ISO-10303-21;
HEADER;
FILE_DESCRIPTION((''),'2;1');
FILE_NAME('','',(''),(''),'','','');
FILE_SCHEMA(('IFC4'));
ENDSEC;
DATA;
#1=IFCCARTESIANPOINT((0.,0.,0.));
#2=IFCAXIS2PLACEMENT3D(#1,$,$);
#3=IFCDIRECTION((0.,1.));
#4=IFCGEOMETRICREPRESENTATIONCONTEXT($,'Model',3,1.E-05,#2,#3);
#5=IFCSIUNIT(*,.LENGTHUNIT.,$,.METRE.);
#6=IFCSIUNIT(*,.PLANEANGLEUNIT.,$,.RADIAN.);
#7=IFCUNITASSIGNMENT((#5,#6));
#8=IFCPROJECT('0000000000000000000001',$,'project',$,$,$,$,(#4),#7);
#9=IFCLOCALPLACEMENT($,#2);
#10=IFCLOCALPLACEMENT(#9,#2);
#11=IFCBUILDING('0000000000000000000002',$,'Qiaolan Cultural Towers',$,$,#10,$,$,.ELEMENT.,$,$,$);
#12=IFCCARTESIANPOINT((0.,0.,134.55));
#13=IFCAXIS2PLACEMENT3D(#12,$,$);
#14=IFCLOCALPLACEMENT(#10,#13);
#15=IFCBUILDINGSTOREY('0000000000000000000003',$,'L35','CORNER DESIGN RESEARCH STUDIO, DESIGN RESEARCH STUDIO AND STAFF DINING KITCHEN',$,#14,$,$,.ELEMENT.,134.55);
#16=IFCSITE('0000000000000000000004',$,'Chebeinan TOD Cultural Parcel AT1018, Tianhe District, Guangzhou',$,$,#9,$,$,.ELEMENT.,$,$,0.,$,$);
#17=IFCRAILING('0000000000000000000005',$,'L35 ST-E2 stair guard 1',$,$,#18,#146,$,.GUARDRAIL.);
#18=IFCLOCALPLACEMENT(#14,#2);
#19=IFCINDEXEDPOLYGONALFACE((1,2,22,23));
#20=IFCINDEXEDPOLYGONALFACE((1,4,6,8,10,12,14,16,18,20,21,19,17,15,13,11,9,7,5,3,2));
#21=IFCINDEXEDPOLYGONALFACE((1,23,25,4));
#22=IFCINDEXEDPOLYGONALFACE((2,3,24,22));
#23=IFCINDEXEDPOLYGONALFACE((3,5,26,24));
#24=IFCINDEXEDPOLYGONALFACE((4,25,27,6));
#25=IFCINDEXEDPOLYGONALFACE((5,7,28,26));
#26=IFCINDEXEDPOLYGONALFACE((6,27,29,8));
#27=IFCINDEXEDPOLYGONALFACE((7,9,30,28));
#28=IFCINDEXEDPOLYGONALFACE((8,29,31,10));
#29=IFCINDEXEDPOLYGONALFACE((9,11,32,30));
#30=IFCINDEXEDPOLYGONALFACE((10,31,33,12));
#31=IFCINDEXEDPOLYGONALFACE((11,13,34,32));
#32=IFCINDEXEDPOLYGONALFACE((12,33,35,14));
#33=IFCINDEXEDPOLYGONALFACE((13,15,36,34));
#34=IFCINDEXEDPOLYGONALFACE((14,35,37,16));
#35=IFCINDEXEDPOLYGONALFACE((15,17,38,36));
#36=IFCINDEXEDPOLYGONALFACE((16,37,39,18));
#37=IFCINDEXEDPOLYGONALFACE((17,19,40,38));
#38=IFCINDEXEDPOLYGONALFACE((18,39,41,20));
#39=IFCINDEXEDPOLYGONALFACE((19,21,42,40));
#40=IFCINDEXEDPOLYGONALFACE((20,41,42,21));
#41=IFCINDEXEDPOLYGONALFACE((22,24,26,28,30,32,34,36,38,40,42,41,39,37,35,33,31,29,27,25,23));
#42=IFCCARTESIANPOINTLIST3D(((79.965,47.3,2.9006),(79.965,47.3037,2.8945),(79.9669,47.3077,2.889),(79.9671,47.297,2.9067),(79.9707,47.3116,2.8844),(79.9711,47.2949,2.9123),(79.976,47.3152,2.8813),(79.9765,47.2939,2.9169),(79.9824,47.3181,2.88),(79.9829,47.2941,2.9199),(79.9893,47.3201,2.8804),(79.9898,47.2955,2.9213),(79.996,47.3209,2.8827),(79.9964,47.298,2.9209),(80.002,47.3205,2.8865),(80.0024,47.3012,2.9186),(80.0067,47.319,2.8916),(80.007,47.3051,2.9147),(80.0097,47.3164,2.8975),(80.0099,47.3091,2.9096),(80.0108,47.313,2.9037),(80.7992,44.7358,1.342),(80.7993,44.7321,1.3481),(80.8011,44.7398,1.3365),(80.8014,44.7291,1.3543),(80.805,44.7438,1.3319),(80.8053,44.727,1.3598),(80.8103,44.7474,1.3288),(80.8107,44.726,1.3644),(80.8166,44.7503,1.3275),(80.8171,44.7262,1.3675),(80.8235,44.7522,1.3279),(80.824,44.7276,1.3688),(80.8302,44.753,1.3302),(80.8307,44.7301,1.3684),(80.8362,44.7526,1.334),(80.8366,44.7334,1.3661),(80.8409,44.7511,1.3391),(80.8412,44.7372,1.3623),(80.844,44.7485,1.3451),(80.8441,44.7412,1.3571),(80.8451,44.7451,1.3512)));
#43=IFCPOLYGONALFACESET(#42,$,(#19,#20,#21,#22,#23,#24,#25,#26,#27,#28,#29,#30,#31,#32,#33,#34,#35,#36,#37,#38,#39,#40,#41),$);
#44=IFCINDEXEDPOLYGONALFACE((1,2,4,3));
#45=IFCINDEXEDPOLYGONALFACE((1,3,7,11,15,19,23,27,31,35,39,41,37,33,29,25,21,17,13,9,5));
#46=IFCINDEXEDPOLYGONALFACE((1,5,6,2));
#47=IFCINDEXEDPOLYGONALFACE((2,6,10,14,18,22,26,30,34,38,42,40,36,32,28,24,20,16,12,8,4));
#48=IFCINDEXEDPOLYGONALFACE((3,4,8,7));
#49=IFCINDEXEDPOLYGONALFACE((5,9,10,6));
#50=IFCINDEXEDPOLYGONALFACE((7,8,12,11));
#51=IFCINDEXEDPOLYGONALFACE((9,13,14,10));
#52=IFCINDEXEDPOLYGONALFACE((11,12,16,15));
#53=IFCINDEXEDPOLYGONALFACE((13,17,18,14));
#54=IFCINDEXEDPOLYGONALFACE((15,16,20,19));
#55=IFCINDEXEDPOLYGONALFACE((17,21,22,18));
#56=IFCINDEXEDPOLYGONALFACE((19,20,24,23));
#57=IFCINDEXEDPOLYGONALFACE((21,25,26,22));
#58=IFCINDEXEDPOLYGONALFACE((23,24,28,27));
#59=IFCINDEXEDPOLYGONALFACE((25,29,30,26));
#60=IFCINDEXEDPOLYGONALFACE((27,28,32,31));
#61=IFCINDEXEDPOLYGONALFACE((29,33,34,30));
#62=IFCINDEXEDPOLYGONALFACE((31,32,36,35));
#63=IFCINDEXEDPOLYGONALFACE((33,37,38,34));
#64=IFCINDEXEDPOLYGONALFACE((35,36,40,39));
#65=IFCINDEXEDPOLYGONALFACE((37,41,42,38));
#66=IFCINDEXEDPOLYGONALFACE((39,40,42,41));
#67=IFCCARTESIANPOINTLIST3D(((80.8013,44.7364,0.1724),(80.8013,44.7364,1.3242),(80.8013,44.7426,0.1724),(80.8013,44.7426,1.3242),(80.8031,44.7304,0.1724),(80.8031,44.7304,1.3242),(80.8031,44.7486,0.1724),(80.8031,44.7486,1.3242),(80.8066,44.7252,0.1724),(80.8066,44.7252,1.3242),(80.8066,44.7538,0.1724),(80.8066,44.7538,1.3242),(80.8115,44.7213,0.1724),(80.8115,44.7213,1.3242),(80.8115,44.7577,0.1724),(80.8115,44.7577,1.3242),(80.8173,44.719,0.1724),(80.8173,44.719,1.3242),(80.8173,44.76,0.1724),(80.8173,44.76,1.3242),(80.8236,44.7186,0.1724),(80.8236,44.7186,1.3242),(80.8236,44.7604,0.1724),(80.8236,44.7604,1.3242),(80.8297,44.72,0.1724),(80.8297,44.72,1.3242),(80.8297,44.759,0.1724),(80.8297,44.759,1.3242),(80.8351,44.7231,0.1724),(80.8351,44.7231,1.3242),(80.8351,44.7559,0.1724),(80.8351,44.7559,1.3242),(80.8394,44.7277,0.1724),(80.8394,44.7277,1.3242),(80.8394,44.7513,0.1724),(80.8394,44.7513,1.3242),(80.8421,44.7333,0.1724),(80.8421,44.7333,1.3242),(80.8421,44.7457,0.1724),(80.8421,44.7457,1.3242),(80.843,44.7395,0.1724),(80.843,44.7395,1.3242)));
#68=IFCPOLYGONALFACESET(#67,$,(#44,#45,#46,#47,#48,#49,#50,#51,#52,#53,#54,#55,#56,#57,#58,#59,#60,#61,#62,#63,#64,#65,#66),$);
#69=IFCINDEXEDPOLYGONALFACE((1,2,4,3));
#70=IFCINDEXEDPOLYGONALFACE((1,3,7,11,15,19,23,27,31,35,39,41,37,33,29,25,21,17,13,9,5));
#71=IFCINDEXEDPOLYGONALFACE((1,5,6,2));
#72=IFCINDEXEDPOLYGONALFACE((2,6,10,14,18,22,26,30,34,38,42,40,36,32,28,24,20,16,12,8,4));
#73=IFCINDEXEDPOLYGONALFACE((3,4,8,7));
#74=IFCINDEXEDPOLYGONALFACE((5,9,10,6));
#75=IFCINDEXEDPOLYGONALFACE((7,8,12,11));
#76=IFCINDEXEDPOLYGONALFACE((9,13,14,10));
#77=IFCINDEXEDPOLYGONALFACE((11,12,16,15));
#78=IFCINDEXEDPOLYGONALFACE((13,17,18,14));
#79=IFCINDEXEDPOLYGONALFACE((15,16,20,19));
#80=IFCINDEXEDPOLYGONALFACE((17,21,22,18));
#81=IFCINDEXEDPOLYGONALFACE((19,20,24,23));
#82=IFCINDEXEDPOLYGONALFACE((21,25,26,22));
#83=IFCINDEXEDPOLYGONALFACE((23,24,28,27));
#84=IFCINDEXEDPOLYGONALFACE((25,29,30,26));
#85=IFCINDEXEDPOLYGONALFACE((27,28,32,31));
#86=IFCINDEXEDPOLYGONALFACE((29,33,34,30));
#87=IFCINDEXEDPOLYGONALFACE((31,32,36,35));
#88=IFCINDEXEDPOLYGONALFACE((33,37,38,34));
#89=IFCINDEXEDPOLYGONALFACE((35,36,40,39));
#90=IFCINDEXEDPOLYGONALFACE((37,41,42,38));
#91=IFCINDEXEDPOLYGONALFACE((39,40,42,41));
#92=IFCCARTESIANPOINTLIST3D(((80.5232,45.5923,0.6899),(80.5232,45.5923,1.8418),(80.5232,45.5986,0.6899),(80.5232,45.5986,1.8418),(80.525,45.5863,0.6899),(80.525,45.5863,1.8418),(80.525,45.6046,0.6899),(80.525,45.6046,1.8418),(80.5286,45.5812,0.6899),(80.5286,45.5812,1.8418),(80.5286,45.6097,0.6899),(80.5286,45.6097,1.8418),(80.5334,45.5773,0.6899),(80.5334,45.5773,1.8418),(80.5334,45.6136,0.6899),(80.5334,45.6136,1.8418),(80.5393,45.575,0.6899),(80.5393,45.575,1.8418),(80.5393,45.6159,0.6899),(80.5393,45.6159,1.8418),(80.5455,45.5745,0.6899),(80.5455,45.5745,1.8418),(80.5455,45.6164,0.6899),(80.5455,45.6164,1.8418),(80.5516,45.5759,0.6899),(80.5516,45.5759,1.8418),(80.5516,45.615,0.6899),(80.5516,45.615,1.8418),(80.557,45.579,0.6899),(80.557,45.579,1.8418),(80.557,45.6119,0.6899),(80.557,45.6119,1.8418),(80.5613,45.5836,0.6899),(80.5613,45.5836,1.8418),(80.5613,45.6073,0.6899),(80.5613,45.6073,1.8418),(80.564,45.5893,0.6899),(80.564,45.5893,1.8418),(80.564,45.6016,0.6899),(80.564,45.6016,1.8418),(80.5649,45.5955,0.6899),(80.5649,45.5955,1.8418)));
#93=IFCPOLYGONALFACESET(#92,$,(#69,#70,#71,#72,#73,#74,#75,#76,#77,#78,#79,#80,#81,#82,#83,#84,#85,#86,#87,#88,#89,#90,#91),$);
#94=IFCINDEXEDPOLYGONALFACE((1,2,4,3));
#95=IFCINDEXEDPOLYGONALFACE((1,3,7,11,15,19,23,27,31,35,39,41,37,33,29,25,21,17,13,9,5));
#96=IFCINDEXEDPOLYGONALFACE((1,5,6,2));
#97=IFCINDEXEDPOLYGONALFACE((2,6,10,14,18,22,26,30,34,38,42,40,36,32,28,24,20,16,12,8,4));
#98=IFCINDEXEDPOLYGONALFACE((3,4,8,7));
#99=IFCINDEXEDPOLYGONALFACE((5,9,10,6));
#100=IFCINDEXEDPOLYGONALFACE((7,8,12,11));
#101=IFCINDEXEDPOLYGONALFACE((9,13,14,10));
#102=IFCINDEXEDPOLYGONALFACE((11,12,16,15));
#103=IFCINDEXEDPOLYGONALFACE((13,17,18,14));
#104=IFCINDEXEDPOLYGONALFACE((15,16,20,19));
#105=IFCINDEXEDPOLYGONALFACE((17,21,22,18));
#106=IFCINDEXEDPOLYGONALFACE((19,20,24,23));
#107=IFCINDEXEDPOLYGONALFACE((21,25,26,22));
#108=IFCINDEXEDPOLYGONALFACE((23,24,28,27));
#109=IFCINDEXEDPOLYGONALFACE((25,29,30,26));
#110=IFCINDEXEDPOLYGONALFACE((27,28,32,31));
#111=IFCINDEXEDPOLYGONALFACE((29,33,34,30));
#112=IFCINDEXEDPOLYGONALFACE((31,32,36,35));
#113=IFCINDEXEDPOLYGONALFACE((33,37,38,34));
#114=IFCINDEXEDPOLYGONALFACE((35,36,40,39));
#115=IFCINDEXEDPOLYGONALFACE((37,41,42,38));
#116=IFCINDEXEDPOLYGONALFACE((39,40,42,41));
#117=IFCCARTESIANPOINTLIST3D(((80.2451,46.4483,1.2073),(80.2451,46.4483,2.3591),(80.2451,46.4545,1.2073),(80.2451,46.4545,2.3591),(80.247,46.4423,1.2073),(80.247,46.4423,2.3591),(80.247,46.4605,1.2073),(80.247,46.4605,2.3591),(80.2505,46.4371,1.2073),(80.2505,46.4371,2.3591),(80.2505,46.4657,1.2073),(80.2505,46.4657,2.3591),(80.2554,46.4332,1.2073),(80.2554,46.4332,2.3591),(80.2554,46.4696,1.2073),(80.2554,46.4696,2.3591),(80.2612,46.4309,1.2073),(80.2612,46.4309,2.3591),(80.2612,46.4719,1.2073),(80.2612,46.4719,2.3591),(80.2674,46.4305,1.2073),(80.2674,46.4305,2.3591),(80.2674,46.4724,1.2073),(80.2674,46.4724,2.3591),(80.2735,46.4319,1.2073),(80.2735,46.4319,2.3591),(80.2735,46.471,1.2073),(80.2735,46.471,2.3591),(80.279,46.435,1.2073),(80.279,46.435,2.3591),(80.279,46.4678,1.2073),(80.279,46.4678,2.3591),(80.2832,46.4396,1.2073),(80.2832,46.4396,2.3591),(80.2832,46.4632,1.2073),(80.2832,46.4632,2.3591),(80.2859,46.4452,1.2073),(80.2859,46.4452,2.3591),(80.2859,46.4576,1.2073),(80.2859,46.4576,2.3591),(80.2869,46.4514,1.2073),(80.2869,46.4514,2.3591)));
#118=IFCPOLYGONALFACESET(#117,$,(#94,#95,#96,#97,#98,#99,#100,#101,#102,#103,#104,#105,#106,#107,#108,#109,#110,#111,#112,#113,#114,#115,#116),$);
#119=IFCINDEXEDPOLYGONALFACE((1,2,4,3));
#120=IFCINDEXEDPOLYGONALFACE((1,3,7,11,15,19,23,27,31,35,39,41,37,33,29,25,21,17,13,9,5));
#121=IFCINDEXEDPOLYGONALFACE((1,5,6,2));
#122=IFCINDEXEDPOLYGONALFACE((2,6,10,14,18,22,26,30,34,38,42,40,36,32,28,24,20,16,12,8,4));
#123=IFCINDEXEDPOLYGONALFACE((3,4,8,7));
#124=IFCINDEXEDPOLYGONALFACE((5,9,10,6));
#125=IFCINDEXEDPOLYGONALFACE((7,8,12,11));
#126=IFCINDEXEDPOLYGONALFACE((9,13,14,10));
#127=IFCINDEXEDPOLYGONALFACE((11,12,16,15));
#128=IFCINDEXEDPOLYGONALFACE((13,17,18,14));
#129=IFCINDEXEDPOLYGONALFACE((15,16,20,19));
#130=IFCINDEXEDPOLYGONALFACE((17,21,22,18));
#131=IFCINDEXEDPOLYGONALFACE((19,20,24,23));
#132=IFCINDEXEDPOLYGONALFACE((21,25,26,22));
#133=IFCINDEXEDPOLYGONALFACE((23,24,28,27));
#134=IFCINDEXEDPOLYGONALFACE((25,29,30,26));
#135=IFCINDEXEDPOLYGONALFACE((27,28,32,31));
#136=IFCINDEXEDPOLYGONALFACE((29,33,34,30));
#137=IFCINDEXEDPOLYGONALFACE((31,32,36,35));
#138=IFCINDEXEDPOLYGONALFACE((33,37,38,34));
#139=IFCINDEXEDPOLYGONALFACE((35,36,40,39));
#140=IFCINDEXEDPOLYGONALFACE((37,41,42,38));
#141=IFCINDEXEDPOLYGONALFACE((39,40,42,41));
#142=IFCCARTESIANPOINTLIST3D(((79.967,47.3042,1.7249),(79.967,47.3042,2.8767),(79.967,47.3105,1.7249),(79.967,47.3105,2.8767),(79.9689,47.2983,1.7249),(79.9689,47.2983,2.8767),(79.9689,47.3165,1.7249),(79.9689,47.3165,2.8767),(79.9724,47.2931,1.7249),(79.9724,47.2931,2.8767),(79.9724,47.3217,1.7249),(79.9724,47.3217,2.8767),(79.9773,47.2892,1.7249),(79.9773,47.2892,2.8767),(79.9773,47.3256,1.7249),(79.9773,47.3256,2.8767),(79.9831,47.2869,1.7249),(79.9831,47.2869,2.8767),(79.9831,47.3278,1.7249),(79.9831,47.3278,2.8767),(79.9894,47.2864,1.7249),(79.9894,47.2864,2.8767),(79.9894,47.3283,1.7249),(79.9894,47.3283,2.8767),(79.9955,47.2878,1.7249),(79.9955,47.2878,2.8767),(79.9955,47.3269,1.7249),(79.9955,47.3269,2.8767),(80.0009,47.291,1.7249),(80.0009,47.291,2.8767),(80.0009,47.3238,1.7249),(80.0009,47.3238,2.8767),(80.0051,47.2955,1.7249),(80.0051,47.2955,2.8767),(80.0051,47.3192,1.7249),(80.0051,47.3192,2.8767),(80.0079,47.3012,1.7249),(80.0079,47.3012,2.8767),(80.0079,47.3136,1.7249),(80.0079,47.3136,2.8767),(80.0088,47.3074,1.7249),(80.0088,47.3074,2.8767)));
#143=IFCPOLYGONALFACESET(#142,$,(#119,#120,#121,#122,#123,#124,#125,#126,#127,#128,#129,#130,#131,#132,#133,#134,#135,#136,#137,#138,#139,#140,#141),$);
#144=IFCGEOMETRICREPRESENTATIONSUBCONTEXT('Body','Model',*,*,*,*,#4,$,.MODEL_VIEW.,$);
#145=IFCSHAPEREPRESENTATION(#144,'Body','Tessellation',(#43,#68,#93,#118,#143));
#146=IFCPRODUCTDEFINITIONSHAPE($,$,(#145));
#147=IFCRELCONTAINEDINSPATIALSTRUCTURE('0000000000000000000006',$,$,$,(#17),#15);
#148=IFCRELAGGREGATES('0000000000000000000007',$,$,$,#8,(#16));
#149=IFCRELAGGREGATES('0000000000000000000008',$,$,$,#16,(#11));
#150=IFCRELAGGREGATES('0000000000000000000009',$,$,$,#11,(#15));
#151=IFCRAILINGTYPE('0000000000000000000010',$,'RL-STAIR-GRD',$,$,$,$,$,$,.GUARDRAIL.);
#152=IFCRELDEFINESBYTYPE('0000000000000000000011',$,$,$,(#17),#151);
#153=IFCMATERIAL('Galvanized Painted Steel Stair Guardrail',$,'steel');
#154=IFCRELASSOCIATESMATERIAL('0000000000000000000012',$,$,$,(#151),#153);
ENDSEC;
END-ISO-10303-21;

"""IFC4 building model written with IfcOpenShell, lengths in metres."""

from ifc_helpers import new_model, si_unit, direction, frame, origin, origin_2d, place, context, subcontext, project, spatial, circle, extrude, material, type_object, element, save


model = new_model("IFC4")

# Units and contexts
model_context = context("Model", 3, precision=1e-05, world=origin(), true_north=direction((0.0, 1.0)))
body_context = subcontext(model_context, "Body", "Model", "MODEL_VIEW")
ifc_project = project(units=[si_unit("LENGTHUNIT", "METRE"), si_unit("PLANEANGLEUNIT", "RADIAN")], contexts=[model_context])

# Site, building, storey
site_placement = place(None, origin())
site = spatial("IfcSite", under=ifc_project, at=site_placement, Name="Chebeinan TOD Cultural Parcel AT1018, Tianhe District, Guangzhou", CompositionType="ELEMENT", RefElevation=0.0)
building_placement = place(site_placement, origin())
building = spatial("IfcBuilding", under=site, at=building_placement, Name="Qiaolan Cultural Towers", CompositionType="ELEMENT")
storey_placement = place(building_placement, frame((0.0, 0.0, 134.55)))
storey = spatial("IfcBuildingStorey", under=building, at=storey_placement, Name="L35", Description="CORNER DESIGN RESEARCH STUDIO, DESIGN RESEARCH STUDIO AND STAFF DINING KITCHEN", CompositionType="ELEMENT", Elevation=134.55)

# Railing
ifc_material_1 = material(Name="Galvanized Painted Steel Stair Guardrail", Category="steel")
railing_type_1 = type_object("IfcRailingType", Name="RL-STAIR-GRD", PredefinedType="GUARDRAIL", material=ifc_material_1)
railing_1_placement = place(storey_placement, frame((80.822, 44.7395, 0.1724)))
element("IfcRailing", 1, at=railing_1_placement, inside=storey, type_object=railing_type_1, Name="L35 ST-E2 stair guard 1", PredefinedType="GUARDRAIL", context=body_context, shape_type="SweptSolid", body=[
    extrude(circle(Radius=0.0239, at=origin_2d()), frame((0.0, 0.0, 1.1758), z_axis=(-0.267853, 0.824488, 0.498471), x_axis=(-0.95107, -0.308976, 0.0)), (0.0, 0.0, 1.0), 3.1145),
    extrude(circle(Radius=0.021, at=origin_2d()), origin(), (0.0, 0.0, 1.0), 1.1519),
    extrude(circle(Radius=0.021, at=origin_2d()), frame((-0.2781, 0.856, 0.5176)), (0.0, 0.0, 1.0), 1.1519),
    extrude(circle(Radius=0.021, at=origin_2d()), frame((-0.5562, 1.7119, 1.0349)), (0.0, 0.0, 1.0), 1.1519),
    extrude(circle(Radius=0.021, at=origin_2d()), frame((-0.8342, 2.5679, 1.5525)), (0.0, 0.0, 1.0), 1.1519),
])

save(model, "model.ifc")
